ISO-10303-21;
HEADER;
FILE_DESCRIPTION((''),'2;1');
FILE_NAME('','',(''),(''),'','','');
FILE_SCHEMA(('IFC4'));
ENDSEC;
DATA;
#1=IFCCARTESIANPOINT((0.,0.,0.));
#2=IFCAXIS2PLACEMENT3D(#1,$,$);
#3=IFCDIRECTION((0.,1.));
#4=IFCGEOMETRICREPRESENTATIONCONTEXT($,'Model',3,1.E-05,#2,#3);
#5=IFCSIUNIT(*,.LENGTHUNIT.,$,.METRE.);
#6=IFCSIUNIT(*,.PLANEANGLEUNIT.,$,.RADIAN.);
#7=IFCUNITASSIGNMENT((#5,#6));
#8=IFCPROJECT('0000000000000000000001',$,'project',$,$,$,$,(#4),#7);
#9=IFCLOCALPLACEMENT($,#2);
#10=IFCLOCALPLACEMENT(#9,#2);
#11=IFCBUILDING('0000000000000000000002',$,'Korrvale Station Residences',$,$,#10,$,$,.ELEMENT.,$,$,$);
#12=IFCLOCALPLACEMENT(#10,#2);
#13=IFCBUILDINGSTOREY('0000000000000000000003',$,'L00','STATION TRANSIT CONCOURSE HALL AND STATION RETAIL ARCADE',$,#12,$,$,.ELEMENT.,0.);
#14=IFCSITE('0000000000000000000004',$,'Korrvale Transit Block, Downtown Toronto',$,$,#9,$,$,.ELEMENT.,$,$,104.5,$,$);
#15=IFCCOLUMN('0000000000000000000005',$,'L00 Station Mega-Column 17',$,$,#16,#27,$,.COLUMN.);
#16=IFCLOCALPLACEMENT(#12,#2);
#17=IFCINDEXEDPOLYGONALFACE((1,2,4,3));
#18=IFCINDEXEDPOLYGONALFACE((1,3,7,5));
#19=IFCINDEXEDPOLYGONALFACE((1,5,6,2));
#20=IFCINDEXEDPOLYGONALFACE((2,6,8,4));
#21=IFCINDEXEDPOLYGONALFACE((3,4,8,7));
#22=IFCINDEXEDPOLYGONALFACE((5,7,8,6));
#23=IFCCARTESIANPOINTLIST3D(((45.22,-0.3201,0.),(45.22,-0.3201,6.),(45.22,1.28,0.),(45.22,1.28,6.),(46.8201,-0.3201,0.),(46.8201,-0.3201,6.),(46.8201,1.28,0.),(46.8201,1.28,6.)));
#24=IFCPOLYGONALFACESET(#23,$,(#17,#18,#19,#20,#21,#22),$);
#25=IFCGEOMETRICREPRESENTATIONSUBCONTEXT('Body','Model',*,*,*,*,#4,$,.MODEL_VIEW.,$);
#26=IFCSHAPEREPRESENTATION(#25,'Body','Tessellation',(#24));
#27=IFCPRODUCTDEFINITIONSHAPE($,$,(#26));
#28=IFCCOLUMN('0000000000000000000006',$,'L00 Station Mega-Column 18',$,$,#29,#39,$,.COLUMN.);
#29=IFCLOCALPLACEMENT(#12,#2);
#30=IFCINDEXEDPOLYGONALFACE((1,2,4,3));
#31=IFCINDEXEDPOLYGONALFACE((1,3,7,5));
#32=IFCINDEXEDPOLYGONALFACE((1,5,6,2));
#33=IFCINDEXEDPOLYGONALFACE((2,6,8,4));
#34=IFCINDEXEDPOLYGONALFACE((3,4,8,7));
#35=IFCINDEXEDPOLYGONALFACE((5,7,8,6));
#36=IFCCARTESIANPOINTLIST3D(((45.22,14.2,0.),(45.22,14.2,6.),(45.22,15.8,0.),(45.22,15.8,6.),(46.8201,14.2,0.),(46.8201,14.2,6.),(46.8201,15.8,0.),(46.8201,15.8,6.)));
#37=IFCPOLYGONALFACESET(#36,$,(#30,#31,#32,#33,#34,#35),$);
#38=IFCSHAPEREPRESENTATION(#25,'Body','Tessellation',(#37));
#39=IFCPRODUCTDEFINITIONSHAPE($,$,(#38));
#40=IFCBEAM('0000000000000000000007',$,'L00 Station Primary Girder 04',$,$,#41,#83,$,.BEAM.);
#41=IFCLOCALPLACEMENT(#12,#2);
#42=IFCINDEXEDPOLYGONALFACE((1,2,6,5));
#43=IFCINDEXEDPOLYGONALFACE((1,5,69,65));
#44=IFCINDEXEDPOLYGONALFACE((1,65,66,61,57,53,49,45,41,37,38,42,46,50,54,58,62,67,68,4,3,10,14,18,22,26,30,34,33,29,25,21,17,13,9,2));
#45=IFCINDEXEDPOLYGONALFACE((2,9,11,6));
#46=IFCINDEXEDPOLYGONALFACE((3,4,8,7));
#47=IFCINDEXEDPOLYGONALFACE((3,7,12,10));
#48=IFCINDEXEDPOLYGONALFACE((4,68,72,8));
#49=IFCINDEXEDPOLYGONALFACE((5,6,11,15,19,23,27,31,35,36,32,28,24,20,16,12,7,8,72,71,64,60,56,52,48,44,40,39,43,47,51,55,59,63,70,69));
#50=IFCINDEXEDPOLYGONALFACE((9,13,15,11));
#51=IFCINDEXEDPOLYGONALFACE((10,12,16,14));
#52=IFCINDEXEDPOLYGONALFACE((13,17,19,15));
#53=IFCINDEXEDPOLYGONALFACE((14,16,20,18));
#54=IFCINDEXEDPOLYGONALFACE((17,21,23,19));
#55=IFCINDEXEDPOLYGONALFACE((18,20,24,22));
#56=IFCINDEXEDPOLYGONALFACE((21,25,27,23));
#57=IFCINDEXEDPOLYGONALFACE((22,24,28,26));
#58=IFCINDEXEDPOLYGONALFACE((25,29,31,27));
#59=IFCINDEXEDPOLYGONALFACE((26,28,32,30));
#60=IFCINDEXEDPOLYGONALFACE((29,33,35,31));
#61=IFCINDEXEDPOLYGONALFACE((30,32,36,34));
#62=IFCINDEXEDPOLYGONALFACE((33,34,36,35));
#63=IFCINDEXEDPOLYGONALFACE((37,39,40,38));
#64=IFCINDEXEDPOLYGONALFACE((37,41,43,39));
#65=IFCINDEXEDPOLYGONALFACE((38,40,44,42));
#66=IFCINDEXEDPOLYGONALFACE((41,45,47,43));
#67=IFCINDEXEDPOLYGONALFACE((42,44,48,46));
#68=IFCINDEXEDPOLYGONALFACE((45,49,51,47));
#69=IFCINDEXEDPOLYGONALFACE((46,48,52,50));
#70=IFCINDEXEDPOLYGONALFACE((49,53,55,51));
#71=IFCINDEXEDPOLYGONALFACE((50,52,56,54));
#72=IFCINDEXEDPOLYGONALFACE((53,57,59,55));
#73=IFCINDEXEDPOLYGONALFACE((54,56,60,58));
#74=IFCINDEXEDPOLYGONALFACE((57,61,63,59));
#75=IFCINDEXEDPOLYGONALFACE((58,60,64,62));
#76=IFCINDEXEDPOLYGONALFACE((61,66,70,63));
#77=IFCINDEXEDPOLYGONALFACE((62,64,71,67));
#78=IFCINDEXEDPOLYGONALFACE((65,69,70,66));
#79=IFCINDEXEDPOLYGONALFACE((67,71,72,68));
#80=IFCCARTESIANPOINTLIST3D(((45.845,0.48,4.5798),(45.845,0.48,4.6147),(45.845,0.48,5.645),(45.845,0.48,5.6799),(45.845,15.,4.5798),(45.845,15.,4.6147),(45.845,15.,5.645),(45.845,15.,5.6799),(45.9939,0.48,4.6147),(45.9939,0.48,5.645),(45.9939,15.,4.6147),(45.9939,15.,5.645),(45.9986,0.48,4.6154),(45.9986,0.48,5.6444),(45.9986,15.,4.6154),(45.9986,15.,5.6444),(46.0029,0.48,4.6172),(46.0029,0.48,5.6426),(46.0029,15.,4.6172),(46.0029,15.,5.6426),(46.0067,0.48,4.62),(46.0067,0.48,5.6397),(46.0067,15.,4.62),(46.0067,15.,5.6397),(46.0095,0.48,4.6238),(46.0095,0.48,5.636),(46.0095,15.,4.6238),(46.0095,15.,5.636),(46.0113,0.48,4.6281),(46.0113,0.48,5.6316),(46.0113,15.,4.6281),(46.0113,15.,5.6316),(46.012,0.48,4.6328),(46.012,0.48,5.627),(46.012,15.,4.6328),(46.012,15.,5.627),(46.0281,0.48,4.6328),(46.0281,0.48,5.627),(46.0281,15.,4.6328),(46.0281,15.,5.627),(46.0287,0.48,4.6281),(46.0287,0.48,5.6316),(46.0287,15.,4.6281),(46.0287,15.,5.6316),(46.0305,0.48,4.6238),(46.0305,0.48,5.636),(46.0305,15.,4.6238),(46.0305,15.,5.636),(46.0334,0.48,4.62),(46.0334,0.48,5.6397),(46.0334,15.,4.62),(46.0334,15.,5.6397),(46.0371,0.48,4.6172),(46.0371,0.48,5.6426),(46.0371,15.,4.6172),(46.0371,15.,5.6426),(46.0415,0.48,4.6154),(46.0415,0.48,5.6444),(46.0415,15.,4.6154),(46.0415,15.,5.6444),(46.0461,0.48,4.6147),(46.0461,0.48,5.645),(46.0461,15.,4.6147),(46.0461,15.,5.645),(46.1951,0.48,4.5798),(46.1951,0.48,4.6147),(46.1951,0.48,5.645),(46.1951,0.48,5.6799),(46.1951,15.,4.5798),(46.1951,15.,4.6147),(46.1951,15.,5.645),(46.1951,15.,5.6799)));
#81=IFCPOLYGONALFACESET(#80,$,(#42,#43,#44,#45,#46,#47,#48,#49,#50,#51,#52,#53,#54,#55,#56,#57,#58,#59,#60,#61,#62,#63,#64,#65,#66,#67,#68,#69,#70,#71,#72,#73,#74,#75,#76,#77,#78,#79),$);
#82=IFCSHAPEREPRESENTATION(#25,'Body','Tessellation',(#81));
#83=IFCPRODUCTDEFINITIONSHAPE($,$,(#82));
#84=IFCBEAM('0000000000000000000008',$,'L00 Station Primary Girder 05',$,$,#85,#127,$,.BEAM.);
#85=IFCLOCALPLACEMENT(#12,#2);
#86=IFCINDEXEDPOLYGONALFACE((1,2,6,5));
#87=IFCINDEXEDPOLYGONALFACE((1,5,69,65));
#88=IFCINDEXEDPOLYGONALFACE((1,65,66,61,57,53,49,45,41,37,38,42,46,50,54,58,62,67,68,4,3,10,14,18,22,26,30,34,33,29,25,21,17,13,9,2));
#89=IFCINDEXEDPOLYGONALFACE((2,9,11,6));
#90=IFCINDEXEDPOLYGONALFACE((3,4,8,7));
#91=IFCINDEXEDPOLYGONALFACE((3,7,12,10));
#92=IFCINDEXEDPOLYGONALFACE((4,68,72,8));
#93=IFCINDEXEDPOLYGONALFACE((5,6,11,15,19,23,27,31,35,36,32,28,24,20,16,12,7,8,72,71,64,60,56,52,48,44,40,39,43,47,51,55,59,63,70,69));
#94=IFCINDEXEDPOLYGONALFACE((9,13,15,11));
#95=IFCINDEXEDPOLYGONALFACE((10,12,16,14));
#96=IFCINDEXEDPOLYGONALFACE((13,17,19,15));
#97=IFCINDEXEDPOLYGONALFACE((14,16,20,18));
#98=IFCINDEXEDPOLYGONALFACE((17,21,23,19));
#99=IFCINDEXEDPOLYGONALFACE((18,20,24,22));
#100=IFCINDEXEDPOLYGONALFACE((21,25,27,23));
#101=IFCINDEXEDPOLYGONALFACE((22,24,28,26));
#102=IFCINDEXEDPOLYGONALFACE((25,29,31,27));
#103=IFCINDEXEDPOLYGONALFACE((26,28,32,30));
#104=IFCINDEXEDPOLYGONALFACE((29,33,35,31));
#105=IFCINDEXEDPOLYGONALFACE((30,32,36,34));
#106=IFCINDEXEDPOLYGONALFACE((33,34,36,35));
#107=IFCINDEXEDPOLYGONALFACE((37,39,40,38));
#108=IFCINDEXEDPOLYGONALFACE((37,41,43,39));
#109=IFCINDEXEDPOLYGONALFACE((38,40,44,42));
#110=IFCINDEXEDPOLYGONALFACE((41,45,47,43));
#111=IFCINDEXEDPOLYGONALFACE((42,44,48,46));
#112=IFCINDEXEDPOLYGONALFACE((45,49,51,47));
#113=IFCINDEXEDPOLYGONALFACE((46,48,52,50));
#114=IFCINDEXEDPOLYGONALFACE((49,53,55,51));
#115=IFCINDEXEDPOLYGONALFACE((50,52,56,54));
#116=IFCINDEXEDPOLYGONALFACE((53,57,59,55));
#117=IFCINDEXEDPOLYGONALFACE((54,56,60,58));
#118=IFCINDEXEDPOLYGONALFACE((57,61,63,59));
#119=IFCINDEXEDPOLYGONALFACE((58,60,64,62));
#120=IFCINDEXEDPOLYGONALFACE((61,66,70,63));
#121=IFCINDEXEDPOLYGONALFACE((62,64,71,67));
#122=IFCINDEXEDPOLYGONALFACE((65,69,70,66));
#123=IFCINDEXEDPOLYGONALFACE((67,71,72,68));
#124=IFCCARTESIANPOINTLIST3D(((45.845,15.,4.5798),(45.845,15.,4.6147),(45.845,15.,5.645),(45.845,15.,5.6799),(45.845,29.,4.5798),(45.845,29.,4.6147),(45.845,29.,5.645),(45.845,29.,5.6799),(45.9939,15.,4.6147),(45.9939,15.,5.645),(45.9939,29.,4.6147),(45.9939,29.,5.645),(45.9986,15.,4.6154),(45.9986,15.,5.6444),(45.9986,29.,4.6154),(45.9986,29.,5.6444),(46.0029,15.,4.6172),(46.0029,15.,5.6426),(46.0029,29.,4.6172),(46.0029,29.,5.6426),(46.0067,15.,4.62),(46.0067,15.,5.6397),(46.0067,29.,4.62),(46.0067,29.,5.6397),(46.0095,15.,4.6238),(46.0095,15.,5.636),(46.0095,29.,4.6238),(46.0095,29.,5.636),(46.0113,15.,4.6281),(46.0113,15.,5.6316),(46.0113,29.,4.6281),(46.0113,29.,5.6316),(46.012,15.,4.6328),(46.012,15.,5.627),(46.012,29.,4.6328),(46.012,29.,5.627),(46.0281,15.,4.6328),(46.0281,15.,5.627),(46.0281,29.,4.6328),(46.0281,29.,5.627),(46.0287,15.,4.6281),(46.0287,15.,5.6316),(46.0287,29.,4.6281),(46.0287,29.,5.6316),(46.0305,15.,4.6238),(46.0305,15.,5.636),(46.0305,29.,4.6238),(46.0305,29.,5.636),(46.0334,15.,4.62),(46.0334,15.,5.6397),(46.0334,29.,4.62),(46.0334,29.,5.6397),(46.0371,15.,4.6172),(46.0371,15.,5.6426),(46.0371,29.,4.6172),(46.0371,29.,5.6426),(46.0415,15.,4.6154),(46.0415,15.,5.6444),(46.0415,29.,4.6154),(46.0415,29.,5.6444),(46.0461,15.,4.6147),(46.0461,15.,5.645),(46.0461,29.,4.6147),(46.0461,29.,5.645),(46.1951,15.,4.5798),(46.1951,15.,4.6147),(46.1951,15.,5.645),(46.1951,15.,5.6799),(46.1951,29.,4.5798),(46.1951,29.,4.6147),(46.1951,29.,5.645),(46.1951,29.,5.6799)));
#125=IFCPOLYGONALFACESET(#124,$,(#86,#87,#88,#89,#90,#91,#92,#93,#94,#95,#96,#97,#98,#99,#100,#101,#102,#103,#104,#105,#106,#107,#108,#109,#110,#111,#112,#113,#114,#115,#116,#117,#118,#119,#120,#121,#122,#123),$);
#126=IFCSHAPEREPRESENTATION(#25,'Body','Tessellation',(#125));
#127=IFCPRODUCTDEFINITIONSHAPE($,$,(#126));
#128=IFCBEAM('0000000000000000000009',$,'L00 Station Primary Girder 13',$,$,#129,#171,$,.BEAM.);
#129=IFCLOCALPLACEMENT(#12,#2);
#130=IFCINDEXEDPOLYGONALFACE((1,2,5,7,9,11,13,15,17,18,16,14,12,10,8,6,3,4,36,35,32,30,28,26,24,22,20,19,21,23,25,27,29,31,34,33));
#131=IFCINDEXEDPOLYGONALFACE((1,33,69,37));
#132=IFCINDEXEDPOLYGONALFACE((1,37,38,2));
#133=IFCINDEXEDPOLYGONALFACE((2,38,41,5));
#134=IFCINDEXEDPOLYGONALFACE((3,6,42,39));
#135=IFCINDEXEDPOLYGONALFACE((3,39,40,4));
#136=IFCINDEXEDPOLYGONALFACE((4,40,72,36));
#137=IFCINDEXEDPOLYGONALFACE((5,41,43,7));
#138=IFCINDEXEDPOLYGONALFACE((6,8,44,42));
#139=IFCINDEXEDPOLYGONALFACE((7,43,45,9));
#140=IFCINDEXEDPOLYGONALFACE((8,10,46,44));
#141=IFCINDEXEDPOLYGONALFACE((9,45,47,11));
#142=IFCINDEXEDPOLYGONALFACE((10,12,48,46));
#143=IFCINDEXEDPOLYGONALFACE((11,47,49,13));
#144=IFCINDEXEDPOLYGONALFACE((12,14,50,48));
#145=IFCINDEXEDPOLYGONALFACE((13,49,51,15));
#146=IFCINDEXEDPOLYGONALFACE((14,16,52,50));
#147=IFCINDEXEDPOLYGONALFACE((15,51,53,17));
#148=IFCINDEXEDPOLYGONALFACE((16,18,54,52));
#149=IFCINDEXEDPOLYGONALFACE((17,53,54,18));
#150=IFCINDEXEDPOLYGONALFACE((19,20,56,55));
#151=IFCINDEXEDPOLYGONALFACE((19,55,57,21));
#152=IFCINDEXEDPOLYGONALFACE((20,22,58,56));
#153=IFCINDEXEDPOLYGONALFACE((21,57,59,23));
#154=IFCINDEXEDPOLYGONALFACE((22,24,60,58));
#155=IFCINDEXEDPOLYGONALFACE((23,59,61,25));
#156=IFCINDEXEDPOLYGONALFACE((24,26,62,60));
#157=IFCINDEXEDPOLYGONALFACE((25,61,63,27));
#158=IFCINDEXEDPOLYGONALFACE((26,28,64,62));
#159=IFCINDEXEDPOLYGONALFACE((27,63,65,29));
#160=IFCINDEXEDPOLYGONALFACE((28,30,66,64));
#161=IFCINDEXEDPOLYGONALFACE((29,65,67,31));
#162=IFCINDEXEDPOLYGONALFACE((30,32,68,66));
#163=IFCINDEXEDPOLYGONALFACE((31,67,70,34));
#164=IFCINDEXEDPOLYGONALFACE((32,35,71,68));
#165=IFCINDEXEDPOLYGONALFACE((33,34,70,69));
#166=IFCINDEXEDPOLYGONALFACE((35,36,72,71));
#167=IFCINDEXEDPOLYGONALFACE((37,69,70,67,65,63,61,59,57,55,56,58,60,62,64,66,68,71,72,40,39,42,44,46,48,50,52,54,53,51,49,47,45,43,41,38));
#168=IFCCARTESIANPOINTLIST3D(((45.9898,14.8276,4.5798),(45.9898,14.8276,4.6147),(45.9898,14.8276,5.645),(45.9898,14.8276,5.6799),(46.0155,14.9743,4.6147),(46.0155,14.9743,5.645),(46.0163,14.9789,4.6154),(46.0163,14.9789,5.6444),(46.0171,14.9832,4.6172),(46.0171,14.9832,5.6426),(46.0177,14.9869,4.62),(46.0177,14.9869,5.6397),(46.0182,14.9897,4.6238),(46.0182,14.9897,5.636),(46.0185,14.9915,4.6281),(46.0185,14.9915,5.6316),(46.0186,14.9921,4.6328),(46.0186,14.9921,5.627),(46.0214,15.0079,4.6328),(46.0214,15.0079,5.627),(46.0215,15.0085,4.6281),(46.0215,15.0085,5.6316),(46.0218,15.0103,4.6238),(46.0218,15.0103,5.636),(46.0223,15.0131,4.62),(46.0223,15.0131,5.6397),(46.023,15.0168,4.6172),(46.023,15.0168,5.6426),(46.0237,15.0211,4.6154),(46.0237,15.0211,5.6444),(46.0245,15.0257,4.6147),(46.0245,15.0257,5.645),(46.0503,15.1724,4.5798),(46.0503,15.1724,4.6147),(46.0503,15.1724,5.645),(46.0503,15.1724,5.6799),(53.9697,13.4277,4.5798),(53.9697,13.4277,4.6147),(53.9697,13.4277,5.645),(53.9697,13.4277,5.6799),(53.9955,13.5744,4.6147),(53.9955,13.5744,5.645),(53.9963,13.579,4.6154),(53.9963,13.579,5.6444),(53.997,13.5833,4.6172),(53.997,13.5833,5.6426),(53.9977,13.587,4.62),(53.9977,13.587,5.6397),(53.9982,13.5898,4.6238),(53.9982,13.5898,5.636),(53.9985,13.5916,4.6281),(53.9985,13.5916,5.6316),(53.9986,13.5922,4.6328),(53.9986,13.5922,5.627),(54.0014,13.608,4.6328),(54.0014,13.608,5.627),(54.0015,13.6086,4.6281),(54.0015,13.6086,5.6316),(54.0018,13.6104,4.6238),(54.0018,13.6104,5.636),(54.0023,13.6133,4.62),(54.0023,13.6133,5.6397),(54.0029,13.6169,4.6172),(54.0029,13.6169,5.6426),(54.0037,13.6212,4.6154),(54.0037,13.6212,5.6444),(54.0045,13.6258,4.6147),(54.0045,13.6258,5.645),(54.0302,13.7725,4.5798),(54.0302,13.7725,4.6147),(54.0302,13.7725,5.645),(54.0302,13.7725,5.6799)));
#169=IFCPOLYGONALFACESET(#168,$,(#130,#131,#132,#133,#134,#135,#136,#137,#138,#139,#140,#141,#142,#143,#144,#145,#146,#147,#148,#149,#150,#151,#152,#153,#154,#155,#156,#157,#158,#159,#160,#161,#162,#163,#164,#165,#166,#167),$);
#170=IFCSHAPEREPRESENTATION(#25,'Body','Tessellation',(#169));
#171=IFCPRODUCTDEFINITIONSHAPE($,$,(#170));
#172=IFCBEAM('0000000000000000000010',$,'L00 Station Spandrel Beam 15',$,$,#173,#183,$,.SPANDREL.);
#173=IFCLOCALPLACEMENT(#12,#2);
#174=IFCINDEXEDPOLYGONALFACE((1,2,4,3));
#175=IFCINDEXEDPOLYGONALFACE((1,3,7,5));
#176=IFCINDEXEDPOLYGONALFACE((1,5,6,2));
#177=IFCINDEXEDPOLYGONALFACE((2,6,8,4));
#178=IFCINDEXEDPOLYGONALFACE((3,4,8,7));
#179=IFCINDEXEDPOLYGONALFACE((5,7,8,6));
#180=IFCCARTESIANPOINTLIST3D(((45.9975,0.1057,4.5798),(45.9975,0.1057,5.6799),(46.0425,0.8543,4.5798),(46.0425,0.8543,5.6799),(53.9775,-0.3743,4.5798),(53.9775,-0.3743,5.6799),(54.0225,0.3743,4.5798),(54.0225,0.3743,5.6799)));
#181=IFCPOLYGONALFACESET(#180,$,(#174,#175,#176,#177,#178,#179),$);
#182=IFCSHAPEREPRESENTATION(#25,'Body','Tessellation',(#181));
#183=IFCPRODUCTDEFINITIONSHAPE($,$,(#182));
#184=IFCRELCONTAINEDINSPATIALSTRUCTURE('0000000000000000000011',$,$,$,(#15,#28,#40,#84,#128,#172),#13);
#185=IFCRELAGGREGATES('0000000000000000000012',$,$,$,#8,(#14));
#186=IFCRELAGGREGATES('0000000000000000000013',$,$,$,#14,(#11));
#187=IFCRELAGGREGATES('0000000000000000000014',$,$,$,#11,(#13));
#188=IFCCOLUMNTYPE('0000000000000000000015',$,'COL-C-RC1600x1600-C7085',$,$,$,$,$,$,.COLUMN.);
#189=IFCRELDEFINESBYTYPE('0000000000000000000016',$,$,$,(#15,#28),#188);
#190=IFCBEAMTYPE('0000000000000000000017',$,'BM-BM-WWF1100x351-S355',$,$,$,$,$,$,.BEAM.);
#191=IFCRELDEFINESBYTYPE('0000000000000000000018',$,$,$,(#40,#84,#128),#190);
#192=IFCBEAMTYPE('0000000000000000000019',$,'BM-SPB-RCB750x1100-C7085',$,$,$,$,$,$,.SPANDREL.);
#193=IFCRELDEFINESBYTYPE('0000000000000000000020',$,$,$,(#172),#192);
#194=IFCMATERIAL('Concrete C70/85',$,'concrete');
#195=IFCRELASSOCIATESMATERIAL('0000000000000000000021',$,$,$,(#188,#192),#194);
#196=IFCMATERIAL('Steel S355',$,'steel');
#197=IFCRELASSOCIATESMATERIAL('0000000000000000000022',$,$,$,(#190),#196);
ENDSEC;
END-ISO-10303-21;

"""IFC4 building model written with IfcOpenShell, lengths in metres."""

from ifc_helpers import new_model, si_unit, direction, frame, origin, origin_2d, place, context, subcontext, project, spatial, rectangle, i_section, extrude, material, material_profile, profile_set, type_object, element, save


model = new_model("IFC4")

# Units and contexts
model_context = context("Model", 3, precision=1e-05, world=origin(), true_north=direction((0.0, 1.0)))
body_context = subcontext(model_context, "Body", "Model", "MODEL_VIEW")
ifc_project = project(units=[si_unit("LENGTHUNIT", "METRE"), si_unit("PLANEANGLEUNIT", "RADIAN")], contexts=[model_context])

# Site, building, storey
site_placement = place(None, origin())
site = spatial("IfcSite", under=ifc_project, at=site_placement, Name="Korrvale Transit Block, Downtown Toronto", CompositionType="ELEMENT", RefElevation=104.5)
building_placement = place(site_placement, origin())
building = spatial("IfcBuilding", under=site, at=building_placement, Name="Korrvale Station Residences", CompositionType="ELEMENT")
storey_placement = place(building_placement, origin())
storey = spatial("IfcBuildingStorey", under=building, at=storey_placement, Name="L00", Description="STATION TRANSIT CONCOURSE HALL AND STATION RETAIL ARCADE", CompositionType="ELEMENT", Elevation=0.0)

# Columns
ifc_material_1 = material(Name="Concrete C70/85", Category="concrete")
ifc_material_profile_1 = material_profile(ifc_material_1, rectangle(XDim=1.6001, YDim=1.6001, at=origin_2d()), Name="RC1600x1600")
ifc_profile_set_1 = profile_set([ifc_material_profile_1], Name="Concrete C70/85")
column_type = type_object("IfcColumnType", Name="COL-C-RC1600x1600-C7085", PredefinedType="COLUMN", material=ifc_profile_set_1)
for number, where, z_axis, x_axis, name in (
    (1, (46.02, 0.48, 0.0), (0.0, 0.0, 1.0), (1.0, 0.0, 0.0), "L00 Station Mega-Column 17"),
    (2, (46.02, 15.0, 0.0), (0.0, 0.0, 1.0), (1.0, 0.0, 0.0), "L00 Station Mega-Column 18"),
):
    element("IfcColumn", number, at=place(storey_placement, frame(where, z_axis=z_axis, x_axis=x_axis)), inside=storey, type_object=column_type, Name=name, PredefinedType="COLUMN", context=body_context, shape_type="SweptSolid", body=[
        extrude(rectangle(XDim=1.6001, YDim=1.6001, at=origin_2d()), origin(), (0.0, 0.0, 1.0), 6.0),
    ])

# Beams
ifc_material_2 = material(Name="Steel S355", Category="steel")
ifc_material_profile_2 = material_profile(ifc_material_2, i_section(OverallWidth=0.3501, OverallDepth=1.1001, WebThickness=0.0161, FlangeThickness=0.0349, FilletRadius=0.0181, at=origin_2d()), Name="WWF1100x351")
ifc_profile_set_2 = profile_set([ifc_material_profile_2], Name="Steel S355")
beam_type_1 = type_object("IfcBeamType", Name="BM-BM-WWF1100x351-S355", PredefinedType="BEAM", material=ifc_profile_set_2)
beam_1_placement = place(storey_placement, frame((46.02, 0.48, 5.1299), z_axis=(0.0, 1.0, 0.0), x_axis=(-1.0, 0.0, 0.0)))
element("IfcBeam", 3, at=beam_1_placement, inside=storey, type_object=beam_type_1, Name="L00 Station Primary Girder 04", PredefinedType="BEAM", context=body_context, shape_type="SweptSolid", body=[
    extrude(i_section(OverallWidth=0.3501, OverallDepth=1.1001, WebThickness=0.0161, FlangeThickness=0.0349, FilletRadius=0.0181, at=origin_2d()), origin(), (0.0, 0.0, 1.0), 14.52),
])
beam_2_placement = place(storey_placement, frame((46.02, 15.0, 5.1299), z_axis=(0.0, 1.0, 0.0), x_axis=(-1.0, 0.0, 0.0)))
element("IfcBeam", 4, at=beam_2_placement, inside=storey, type_object=beam_type_1, Name="L00 Station Primary Girder 05", PredefinedType="BEAM", context=body_context, shape_type="SweptSolid", body=[
    extrude(i_section(OverallWidth=0.3501, OverallDepth=1.1001, WebThickness=0.0161, FlangeThickness=0.0349, FilletRadius=0.0181, at=origin_2d()), origin(), (0.0, 0.0, 1.0), 14.0),
])
beam_3_placement = place(storey_placement, frame((46.02, 15.0, 5.1299), z_axis=(0.984959, -0.172788, 0.0), x_axis=(0.172788, 0.984959, 0.0)))
element("IfcBeam", 5, at=beam_3_placement, inside=storey, type_object=beam_type_1, Name="L00 Station Primary Girder 13", PredefinedType="BEAM", context=body_context, shape_type="SweptSolid", body=[
    extrude(i_section(OverallWidth=0.3501, OverallDepth=1.1001, WebThickness=0.0161, FlangeThickness=0.0349, FilletRadius=0.0181, at=origin_2d()), origin(), (0.0, 0.0, 1.0), 8.1018),
])
ifc_material_profile_3 = material_profile(ifc_material_1, rectangle(XDim=0.75, YDim=1.1001, at=origin_2d()), Name="RCB750x1100")
ifc_profile_set_3 = profile_set([ifc_material_profile_3], Name="Concrete C70/85")
beam_type_2 = type_object("IfcBeamType", Name="BM-SPB-RCB750x1100-C7085", PredefinedType="SPANDREL", material=ifc_profile_set_3)
beam_4_placement = place(storey_placement, frame((46.02, 0.48, 5.1299), z_axis=(0.998196, -0.06004, 0.0), x_axis=(0.06004, 0.998196, 0.0)))
element("IfcBeam", 6, at=beam_4_placement, inside=storey, type_object=beam_type_2, Name="L00 Station Spandrel Beam 15", PredefinedType="SPANDREL", context=body_context, shape_type="SweptSolid", body=[
    extrude(rectangle(XDim=0.75, YDim=1.1001, at=origin_2d()), origin(), (0.0, 0.0, 1.0), 7.9944),
])

save(model, "model.ifc")
